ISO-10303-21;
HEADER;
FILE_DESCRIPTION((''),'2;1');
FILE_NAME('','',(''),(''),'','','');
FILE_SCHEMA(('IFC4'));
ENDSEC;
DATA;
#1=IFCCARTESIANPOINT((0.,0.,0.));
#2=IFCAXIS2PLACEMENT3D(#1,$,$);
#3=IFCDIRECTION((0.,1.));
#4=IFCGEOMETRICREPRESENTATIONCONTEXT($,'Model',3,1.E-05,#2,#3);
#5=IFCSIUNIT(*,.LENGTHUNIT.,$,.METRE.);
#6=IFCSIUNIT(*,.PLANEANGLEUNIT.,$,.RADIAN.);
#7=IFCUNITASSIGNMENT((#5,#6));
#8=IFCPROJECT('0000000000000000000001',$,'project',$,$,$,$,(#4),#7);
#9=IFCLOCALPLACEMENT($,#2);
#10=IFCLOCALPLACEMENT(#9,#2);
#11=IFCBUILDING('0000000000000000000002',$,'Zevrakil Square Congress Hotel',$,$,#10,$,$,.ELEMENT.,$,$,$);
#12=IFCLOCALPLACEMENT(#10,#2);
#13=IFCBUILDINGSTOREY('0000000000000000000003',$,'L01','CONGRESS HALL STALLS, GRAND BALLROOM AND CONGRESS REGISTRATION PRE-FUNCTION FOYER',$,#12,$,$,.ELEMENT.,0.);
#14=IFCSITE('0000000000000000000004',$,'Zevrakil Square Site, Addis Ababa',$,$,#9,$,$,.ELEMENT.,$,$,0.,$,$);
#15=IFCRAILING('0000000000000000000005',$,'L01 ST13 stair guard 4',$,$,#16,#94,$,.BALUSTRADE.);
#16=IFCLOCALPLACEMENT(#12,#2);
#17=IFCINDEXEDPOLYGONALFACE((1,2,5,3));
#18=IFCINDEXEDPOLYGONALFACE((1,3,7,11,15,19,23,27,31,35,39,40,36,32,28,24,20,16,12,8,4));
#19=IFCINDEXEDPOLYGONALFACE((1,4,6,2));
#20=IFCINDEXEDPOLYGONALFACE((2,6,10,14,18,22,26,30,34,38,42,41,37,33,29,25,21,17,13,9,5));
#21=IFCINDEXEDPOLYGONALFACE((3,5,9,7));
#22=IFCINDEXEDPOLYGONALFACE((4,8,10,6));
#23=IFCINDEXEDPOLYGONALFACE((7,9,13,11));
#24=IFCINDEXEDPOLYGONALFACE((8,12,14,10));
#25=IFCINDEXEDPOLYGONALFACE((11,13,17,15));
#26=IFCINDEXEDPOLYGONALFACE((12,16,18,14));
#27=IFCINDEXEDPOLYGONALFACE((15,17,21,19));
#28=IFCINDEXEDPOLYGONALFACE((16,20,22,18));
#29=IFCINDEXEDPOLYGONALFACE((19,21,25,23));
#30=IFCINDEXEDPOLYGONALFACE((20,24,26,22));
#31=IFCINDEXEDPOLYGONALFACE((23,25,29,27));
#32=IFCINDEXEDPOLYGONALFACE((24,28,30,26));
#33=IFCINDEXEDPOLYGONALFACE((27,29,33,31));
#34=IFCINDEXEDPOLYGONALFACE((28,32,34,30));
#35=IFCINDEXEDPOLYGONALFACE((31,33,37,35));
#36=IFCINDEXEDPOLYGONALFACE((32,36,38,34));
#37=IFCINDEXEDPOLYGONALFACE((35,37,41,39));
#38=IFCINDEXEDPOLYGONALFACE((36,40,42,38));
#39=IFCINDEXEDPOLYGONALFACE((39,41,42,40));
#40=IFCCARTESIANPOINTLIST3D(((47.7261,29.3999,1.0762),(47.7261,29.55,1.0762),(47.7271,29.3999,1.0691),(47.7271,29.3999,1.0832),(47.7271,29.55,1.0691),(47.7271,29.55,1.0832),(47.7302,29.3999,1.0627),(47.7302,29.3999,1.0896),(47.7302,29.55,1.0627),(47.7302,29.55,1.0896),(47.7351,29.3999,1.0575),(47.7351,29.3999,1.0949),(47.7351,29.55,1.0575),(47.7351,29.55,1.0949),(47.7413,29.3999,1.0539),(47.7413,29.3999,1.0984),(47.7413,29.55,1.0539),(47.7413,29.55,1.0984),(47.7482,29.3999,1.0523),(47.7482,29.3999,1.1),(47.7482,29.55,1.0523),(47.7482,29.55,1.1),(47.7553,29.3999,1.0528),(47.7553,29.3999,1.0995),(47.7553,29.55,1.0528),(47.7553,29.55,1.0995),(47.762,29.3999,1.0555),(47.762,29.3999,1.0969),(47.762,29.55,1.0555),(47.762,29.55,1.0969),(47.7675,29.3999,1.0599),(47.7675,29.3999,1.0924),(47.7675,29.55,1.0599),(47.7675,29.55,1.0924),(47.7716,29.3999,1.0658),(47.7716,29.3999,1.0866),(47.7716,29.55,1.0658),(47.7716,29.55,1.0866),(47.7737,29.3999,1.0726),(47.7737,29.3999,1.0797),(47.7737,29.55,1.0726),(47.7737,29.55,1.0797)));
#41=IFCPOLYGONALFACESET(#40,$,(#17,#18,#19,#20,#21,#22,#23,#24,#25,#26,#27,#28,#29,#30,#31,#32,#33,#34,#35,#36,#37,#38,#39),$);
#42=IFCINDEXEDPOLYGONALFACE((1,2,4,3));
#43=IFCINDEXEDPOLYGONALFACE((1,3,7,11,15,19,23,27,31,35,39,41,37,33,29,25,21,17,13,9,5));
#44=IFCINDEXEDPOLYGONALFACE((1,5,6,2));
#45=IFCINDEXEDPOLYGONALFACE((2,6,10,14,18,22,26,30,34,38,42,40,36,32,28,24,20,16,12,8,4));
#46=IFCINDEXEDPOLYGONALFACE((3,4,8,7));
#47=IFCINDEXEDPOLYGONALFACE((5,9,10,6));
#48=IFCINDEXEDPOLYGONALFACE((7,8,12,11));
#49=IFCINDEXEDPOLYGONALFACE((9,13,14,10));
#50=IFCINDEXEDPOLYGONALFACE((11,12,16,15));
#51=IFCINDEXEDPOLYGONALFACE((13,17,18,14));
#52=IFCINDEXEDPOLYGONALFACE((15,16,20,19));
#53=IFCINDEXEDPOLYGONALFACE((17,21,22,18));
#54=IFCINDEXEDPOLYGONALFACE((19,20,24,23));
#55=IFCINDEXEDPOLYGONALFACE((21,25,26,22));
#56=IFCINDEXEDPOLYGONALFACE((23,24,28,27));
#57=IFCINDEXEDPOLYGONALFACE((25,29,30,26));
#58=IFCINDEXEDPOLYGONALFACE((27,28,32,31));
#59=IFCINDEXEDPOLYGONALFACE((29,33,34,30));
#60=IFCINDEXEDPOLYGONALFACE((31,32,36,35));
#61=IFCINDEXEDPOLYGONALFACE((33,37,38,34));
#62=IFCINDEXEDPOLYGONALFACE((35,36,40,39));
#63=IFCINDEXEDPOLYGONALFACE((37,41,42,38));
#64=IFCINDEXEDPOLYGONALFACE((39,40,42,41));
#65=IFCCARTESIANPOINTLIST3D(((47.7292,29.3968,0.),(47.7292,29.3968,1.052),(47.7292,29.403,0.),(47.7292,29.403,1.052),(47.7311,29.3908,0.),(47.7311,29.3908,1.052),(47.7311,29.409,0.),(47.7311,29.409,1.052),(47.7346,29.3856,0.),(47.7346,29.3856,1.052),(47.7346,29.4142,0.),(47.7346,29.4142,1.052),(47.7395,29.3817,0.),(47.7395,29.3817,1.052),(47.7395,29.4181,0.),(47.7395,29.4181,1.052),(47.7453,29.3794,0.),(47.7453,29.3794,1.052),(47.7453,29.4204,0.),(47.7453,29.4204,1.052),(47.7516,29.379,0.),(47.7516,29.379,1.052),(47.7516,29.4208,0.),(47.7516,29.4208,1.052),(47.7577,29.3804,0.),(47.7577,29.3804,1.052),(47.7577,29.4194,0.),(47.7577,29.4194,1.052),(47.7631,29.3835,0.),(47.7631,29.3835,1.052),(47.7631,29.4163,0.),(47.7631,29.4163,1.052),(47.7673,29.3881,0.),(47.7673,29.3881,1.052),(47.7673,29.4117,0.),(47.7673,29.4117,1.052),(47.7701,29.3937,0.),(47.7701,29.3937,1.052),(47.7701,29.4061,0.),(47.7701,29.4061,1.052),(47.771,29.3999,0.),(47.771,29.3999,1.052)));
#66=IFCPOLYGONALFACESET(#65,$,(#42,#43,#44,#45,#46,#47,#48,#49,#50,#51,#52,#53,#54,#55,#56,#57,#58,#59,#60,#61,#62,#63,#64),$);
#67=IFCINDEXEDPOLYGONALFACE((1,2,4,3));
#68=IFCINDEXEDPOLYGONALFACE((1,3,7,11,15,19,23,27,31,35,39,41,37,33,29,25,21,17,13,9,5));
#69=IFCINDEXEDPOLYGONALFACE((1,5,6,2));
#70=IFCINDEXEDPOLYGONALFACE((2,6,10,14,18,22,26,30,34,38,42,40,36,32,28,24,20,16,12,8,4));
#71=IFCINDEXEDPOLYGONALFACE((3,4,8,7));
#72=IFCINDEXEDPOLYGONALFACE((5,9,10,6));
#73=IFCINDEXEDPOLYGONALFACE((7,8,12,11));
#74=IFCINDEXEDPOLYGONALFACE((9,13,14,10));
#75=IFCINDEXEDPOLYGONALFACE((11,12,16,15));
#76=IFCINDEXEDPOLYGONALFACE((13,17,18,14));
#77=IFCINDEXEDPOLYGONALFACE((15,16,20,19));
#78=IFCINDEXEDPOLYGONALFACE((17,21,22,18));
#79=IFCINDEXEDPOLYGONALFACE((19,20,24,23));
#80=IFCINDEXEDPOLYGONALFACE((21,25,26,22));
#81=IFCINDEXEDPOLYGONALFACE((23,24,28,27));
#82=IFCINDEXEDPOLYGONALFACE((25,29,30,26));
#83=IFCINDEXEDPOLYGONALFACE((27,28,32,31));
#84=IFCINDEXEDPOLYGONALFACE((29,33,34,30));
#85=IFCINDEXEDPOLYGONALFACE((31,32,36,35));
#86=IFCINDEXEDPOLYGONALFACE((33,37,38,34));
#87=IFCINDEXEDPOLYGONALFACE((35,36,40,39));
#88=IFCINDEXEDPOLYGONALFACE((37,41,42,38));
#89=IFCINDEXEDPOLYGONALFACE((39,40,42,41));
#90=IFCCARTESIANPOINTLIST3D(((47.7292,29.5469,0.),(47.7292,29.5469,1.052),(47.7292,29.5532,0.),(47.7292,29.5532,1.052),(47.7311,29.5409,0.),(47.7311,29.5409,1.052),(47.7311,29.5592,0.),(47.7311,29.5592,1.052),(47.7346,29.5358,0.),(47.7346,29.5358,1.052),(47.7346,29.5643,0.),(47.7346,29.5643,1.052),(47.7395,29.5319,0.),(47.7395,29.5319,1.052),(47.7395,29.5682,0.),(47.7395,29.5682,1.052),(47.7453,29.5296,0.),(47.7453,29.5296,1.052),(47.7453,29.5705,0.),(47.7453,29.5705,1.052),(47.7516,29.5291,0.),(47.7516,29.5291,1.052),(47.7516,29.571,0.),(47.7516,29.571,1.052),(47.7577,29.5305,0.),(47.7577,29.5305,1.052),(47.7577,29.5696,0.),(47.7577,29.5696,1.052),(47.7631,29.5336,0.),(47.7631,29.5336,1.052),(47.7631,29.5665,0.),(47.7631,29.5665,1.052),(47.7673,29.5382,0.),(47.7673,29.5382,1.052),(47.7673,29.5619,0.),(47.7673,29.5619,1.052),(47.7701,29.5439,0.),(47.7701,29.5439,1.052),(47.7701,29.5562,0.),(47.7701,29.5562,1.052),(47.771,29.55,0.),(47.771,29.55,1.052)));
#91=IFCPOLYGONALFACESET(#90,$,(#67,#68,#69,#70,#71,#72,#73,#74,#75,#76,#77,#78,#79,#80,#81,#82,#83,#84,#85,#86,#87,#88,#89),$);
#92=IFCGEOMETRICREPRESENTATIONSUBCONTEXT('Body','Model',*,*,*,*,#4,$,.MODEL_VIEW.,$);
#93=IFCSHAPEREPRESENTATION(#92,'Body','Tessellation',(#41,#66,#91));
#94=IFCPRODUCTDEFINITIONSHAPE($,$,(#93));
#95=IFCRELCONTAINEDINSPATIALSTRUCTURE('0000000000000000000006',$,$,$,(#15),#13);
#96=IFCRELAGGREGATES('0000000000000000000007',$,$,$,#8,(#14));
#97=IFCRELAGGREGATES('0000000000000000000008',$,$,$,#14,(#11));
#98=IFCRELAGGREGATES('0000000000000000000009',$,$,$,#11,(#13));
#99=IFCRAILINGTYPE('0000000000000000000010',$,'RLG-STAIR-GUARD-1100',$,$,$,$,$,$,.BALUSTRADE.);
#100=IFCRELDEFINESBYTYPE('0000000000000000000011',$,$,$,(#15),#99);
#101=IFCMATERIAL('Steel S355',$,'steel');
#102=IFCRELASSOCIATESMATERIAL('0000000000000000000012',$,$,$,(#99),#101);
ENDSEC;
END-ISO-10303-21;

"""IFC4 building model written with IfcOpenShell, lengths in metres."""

from ifc_helpers import new_model, si_unit, direction, frame, origin, origin_2d, place, context, subcontext, project, spatial, circle, extrude, material, type_object, element, save


model = new_model("IFC4")

# Units and contexts
model_context = context("Model", 3, precision=1e-05, world=origin(), true_north=direction((0.0, 1.0)))
body_context = subcontext(model_context, "Body", "Model", "MODEL_VIEW")
ifc_project = project(units=[si_unit("LENGTHUNIT", "METRE"), si_unit("PLANEANGLEUNIT", "RADIAN")], contexts=[model_context])

# Site, building, storey
site_placement = place(None, origin())
site = spatial("IfcSite", under=ifc_project, at=site_placement, Name="Zevrakil Square Site, Addis Ababa", CompositionType="ELEMENT", RefElevation=0.0)
building_placement = place(site_placement, origin())
building = spatial("IfcBuilding", under=site, at=building_placement, Name="Zevrakil Square Congress Hotel", CompositionType="ELEMENT")
storey_placement = place(building_placement, origin())
storey = spatial("IfcBuildingStorey", under=building, at=storey_placement, Name="L01", Description="CONGRESS HALL STALLS, GRAND BALLROOM AND CONGRESS REGISTRATION PRE-FUNCTION FOYER", CompositionType="ELEMENT", Elevation=0.0)

# Railing
ifc_material_1 = material(Name="Steel S355", Category="steel")
railing_type_1 = type_object("IfcRailingType", Name="RLG-STAIR-GUARD-1100", PredefinedType="BALUSTRADE", material=ifc_material_1)
railing_1_placement = place(storey_placement, frame((47.75, 29.3999, 0.0)))
element("IfcRailing", 1, at=railing_1_placement, inside=storey, type_object=railing_type_1, Name="L01 ST13 stair guard 4", PredefinedType="BALUSTRADE", context=body_context, shape_type="SweptSolid", body=[
    extrude(circle(Radius=0.0239, at=origin_2d()), frame((0.0, 0.0, 1.0762), z_axis=(0.0, 1.0, 0.0), x_axis=(-1.0, 0.0, 0.0)), (0.0, 0.0, 1.0), 0.1501),
    extrude(circle(Radius=0.021, at=origin_2d()), origin(), (0.0, 0.0, 1.0), 1.052),
    extrude(circle(Radius=0.021, at=origin_2d()), frame((0.0, 0.1501, 0.0)), (0.0, 0.0, 1.0), 1.052),
])

save(model, "model.ifc")
